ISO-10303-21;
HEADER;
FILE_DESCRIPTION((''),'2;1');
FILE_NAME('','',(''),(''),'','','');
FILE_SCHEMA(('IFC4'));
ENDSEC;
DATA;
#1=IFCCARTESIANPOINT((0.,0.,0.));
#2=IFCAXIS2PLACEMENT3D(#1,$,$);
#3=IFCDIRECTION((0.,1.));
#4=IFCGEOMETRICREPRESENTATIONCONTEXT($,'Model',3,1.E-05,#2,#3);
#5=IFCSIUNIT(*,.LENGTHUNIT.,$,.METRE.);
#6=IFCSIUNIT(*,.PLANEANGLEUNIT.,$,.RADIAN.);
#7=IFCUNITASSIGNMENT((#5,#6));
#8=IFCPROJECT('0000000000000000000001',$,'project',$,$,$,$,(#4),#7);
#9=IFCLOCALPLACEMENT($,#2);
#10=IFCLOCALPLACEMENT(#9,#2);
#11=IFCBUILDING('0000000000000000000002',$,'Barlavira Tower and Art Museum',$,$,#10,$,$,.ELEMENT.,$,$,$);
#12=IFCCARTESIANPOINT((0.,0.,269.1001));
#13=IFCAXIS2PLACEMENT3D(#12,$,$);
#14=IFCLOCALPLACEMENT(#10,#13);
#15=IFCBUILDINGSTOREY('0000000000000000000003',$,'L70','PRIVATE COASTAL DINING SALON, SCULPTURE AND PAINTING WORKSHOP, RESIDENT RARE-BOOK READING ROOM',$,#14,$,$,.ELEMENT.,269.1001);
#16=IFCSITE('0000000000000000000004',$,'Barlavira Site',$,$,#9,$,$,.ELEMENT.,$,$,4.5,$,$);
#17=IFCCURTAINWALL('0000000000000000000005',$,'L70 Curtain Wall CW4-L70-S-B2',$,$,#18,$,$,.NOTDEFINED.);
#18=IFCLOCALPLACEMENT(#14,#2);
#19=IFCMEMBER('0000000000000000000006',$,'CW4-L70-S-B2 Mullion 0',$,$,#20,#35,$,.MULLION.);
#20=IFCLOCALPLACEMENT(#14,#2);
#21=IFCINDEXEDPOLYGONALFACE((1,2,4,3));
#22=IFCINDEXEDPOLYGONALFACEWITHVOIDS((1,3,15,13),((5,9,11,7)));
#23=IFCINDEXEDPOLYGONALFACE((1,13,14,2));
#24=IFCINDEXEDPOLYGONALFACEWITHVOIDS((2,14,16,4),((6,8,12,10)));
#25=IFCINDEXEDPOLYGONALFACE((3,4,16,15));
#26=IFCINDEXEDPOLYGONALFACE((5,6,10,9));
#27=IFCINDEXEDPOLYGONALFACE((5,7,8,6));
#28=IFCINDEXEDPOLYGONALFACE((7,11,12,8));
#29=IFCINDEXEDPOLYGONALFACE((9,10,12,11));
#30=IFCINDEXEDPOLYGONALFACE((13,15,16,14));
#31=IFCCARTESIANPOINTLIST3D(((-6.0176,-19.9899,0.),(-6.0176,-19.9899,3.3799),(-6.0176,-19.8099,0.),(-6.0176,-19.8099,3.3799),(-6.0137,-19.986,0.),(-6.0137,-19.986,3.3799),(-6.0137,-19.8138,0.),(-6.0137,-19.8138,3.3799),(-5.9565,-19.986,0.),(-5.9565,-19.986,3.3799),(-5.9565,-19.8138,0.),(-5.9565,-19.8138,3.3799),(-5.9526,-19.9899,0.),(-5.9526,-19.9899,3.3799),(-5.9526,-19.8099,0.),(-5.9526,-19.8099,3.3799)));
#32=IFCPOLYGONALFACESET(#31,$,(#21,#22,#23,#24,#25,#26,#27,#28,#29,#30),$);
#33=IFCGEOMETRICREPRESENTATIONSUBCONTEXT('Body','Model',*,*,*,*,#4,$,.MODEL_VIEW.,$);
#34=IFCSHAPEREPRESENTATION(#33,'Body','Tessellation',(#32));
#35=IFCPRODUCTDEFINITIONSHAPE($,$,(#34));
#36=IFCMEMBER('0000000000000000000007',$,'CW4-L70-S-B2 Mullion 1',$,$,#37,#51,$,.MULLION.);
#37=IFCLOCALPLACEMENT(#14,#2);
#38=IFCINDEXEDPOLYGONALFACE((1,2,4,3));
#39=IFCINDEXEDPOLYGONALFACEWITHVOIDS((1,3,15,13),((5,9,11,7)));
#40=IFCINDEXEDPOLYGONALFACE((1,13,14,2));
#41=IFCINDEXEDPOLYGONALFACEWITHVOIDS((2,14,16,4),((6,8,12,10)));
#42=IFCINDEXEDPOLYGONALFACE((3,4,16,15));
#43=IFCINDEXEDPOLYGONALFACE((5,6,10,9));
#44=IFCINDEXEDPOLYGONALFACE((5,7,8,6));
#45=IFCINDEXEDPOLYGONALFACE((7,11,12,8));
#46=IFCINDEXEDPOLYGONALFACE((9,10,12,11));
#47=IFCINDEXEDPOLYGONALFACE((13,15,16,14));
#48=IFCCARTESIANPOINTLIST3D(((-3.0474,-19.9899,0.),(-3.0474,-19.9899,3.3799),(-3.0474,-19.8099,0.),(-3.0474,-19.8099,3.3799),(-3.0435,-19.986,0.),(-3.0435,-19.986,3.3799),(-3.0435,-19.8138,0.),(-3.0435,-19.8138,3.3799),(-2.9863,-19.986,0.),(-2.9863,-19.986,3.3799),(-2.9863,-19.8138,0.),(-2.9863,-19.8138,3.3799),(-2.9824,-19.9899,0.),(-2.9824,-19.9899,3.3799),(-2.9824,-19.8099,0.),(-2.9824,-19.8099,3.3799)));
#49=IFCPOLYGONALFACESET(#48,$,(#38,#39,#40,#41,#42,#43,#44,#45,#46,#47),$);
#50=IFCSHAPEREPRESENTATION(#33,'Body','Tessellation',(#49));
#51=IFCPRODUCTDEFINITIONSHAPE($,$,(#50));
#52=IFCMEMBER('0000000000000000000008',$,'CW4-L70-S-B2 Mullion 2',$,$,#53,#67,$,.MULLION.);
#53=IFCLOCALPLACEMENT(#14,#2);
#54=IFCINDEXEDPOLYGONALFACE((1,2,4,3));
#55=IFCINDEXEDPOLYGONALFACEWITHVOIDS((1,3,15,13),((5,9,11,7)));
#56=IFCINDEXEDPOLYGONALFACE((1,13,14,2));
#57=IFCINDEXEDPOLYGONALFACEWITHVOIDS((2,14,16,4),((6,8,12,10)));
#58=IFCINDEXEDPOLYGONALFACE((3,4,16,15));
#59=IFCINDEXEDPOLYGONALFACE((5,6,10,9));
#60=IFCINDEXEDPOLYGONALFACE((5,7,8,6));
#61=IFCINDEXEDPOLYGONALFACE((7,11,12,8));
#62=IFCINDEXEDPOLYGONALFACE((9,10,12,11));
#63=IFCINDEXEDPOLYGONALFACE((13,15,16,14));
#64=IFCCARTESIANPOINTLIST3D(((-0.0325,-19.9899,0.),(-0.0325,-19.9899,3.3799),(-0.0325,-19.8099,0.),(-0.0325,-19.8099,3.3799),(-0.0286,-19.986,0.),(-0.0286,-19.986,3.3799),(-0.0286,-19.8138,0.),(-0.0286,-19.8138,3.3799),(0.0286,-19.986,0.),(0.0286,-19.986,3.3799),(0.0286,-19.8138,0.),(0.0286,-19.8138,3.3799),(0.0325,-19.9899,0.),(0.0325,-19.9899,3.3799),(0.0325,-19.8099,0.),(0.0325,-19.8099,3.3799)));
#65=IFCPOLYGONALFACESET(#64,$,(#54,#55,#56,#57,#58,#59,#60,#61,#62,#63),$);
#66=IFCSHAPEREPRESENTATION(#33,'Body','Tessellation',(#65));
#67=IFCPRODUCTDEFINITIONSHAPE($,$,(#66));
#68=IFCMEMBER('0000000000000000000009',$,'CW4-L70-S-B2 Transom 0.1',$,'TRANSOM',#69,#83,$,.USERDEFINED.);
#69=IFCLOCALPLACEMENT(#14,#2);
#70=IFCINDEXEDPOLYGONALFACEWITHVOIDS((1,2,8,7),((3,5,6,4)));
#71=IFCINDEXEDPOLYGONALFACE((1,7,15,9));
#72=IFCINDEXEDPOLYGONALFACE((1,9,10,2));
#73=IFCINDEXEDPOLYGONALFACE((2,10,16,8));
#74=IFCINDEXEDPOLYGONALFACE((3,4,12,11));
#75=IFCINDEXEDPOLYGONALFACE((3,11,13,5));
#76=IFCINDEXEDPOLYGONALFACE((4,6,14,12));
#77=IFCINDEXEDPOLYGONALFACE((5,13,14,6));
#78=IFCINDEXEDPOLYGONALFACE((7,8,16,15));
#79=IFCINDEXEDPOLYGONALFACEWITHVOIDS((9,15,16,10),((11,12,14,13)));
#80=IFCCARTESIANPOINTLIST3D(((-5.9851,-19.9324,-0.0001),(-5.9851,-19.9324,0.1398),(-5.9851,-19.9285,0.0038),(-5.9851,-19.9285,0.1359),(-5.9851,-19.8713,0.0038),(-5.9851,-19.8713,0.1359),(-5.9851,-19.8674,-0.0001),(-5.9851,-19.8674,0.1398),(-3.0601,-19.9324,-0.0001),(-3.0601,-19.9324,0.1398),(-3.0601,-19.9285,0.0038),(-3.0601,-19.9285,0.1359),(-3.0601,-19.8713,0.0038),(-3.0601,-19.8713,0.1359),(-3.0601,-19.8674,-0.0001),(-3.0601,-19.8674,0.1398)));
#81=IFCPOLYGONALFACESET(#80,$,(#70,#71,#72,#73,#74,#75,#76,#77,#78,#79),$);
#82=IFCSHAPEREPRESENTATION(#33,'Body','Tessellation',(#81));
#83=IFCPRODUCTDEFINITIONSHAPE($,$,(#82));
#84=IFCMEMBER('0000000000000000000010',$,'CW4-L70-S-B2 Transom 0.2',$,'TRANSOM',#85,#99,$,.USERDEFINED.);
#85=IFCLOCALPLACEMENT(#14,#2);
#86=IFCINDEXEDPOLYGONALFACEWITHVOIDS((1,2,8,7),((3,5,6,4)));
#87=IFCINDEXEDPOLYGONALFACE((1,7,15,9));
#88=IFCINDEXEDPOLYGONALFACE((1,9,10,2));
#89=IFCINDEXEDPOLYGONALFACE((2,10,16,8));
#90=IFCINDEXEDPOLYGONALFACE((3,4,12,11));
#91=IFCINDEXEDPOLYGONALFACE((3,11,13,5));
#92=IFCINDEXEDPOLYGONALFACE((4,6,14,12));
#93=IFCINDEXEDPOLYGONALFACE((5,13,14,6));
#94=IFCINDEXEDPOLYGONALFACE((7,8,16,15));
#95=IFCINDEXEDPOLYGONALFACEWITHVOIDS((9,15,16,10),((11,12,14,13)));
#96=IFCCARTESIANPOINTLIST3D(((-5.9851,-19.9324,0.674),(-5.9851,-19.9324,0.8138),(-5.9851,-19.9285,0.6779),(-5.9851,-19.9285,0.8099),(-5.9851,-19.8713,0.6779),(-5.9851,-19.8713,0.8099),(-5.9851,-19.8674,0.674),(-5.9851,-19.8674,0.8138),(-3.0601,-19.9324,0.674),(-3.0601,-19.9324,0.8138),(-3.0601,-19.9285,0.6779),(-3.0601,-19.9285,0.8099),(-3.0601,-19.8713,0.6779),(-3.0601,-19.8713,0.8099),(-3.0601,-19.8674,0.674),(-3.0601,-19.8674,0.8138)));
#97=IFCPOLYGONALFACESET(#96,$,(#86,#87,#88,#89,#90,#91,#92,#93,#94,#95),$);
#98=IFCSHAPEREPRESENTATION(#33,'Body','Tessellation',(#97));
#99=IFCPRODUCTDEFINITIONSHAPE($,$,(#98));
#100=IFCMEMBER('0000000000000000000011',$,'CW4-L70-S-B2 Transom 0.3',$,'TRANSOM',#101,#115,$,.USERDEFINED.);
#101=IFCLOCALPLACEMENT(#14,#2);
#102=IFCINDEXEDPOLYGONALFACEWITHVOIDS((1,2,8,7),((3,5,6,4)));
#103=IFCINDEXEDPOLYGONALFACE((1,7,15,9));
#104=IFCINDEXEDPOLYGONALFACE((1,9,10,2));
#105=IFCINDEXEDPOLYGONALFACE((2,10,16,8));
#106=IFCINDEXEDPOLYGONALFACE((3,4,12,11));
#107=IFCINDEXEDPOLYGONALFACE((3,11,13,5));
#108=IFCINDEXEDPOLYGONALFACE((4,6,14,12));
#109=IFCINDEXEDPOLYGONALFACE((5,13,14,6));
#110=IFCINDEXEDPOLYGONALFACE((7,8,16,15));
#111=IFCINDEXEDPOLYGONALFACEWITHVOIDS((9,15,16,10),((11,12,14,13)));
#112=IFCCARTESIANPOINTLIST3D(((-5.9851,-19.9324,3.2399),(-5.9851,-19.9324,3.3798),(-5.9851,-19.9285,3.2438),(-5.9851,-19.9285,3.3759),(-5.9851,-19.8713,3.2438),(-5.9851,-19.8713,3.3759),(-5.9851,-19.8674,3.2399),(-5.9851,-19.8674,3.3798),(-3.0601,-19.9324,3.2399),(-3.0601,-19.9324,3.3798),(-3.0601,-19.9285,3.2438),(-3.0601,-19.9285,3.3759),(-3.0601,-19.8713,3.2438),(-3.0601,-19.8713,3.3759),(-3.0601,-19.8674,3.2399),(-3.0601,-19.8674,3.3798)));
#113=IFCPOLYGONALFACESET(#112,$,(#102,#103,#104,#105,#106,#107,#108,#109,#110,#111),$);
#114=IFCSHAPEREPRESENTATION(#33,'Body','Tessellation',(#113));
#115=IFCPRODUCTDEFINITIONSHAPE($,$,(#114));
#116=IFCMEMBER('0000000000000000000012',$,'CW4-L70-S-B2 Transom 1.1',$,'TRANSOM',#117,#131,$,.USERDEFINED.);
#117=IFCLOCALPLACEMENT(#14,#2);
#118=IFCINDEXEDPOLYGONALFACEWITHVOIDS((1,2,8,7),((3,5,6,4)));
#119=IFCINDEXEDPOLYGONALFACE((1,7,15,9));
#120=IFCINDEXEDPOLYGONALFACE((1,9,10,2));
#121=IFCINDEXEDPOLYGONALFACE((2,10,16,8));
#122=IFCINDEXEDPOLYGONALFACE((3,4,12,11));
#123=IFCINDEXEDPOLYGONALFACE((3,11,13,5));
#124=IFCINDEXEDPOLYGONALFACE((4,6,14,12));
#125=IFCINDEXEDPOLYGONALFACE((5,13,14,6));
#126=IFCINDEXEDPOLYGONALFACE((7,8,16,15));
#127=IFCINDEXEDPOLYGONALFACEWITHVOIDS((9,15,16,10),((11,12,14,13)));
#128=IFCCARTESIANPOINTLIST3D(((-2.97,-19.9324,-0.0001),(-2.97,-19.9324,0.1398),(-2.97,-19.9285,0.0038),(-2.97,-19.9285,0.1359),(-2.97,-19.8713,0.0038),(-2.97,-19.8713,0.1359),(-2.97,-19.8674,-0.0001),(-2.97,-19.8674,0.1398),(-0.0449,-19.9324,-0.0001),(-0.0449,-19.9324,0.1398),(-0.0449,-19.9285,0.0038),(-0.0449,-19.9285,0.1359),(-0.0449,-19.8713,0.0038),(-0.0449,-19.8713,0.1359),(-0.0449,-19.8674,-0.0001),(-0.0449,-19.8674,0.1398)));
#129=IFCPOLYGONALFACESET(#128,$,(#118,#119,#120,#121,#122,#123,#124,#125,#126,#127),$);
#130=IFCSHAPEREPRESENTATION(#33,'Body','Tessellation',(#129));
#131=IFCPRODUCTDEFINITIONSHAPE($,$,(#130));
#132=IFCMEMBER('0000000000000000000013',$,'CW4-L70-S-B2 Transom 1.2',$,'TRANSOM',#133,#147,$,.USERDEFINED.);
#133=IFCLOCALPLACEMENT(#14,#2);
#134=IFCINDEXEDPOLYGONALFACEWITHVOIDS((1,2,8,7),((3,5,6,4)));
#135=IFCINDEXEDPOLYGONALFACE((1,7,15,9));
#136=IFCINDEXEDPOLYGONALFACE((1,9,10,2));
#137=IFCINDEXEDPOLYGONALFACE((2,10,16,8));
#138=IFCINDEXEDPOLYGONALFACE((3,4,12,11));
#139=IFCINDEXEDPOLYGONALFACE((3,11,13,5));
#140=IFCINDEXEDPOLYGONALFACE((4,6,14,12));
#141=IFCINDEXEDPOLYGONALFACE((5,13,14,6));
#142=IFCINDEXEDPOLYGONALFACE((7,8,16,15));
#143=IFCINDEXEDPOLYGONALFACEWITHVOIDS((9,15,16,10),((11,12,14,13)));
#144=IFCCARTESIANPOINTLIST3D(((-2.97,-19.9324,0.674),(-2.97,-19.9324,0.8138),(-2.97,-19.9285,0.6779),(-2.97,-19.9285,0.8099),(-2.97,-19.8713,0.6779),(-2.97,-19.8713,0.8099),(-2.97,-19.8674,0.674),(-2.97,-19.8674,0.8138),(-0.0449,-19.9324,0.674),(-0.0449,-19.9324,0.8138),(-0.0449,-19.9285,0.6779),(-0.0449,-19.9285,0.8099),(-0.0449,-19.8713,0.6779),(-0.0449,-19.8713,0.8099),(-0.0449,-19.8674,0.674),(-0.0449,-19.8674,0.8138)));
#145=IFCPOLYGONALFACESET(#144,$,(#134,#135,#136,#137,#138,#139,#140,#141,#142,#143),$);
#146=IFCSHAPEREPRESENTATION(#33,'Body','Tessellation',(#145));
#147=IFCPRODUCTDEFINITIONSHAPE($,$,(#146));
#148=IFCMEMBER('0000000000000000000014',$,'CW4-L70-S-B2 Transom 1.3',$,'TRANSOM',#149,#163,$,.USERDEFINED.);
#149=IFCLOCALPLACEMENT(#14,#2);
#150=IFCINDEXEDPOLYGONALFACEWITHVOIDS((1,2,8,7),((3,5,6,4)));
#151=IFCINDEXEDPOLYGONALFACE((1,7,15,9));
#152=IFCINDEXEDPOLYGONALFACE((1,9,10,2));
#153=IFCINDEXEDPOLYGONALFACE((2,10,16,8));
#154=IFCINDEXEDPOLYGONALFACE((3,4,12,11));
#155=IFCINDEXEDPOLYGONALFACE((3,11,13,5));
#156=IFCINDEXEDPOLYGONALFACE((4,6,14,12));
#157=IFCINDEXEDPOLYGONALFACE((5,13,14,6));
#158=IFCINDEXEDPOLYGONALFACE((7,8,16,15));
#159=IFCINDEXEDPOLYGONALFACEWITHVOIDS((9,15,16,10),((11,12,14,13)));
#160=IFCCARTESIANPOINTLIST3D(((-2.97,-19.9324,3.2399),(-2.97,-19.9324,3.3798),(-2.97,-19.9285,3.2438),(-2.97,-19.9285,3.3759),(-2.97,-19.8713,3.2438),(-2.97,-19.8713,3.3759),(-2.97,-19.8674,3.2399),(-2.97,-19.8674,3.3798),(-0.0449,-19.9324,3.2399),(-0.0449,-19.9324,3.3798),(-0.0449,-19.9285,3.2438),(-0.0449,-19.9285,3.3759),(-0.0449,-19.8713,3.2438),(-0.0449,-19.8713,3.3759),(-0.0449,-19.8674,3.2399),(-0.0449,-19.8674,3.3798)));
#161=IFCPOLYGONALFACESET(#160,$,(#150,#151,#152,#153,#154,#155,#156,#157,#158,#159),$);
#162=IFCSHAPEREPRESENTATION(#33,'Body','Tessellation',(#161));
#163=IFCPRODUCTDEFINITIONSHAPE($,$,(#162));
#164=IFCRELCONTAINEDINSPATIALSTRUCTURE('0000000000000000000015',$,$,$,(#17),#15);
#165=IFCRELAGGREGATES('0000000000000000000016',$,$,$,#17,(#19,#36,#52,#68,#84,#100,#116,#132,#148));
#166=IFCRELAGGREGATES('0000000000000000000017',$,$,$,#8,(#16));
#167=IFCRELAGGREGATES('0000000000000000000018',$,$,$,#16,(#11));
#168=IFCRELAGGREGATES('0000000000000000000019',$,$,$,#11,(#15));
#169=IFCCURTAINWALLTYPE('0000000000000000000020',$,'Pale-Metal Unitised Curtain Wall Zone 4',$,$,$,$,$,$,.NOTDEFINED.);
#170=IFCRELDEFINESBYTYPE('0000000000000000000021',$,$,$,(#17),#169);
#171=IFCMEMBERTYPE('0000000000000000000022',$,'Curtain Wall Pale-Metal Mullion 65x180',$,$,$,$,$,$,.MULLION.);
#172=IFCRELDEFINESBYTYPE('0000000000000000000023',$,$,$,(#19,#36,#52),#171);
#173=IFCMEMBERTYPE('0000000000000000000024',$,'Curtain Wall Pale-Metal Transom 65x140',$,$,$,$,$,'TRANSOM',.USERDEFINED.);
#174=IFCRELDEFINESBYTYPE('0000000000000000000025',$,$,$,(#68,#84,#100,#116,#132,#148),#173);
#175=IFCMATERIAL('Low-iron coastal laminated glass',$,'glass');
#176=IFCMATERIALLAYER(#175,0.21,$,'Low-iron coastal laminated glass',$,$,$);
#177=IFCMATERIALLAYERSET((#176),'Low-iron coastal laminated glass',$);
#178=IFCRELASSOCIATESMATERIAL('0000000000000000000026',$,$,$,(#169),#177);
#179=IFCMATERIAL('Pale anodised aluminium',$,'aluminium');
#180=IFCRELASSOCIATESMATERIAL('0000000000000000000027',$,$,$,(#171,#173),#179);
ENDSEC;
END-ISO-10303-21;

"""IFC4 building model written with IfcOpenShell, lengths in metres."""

from ifc_helpers import new_model, si_unit, direction, frame, origin, origin_2d, place, context, subcontext, project, spatial, hollow_rectangle, extrude, material, layer, layer_set, material_profile, profile_set, type_object, element, aggregate, save


model = new_model("IFC4")

# Units and contexts
model_context = context("Model", 3, precision=1e-05, world=origin(), true_north=direction((0.0, 1.0)))
body_context = subcontext(model_context, "Body", "Model", "MODEL_VIEW")
ifc_project = project(units=[si_unit("LENGTHUNIT", "METRE"), si_unit("PLANEANGLEUNIT", "RADIAN")], contexts=[model_context])

# Site, building, storey
site_placement = place(None, origin())
site = spatial("IfcSite", under=ifc_project, at=site_placement, Name="Barlavira Site", CompositionType="ELEMENT", RefElevation=4.5)
building_placement = place(site_placement, origin())
building = spatial("IfcBuilding", under=site, at=building_placement, Name="Barlavira Tower and Art Museum", CompositionType="ELEMENT")
storey_placement = place(building_placement, frame((0.0, 0.0, 269.1001)))
storey = spatial("IfcBuildingStorey", under=building, at=storey_placement, Name="L70", Description="PRIVATE COASTAL DINING SALON, SCULPTURE AND PAINTING WORKSHOP, RESIDENT RARE-BOOK READING ROOM", CompositionType="ELEMENT", Elevation=269.1001)

# Curtain wall, members
ifc_material_1 = material(Name="Low-iron coastal laminated glass", Category="glass")
ifc_layer_1 = layer(ifc_material_1, 0.21, Name="Low-iron coastal laminated glass")
ifc_layer_set_1 = layer_set([ifc_layer_1], Name="Low-iron coastal laminated glass")
curtain_wall_type = type_object("IfcCurtainWallType", Name="Pale-Metal Unitised Curtain Wall Zone 4", PredefinedType="NOTDEFINED", material=ifc_layer_set_1)
curtain_wall_placement = place(storey_placement, origin())
curtain_wall = element("IfcCurtainWall", 1, at=curtain_wall_placement, inside=storey, type_object=curtain_wall_type, Name="L70 Curtain Wall CW4-L70-S-B2", PredefinedType="NOTDEFINED")
ifc_material_2 = material(Name="Pale anodised aluminium", Category="aluminium")
ifc_material_profile_1 = material_profile(ifc_material_2, hollow_rectangle(XDim=0.0649, YDim=0.1799, WallThickness=0.0039, at=origin_2d()), Name="ALU-MULL 65x180x4")
ifc_profile_set_1 = profile_set([ifc_material_profile_1], Name="Pale anodised aluminium")
member_type_1 = type_object("IfcMemberType", Name="Curtain Wall Pale-Metal Mullion 65x180", PredefinedType="MULLION", material=ifc_profile_set_1)
member_1_placement = place(storey_placement, frame((-5.9851, -19.8999, 0.0), z_axis=(0.0, 0.0, 1.0), x_axis=(1.0, 0.0, 0.0)))
member_1 = element("IfcMember", 2, at=member_1_placement, type_object=member_type_1, Name="CW4-L70-S-B2 Mullion 0", PredefinedType="MULLION", context=body_context, shape_type="SweptSolid", body=[
    extrude(hollow_rectangle(XDim=0.0649, YDim=0.1799, WallThickness=0.0039, at=origin_2d()), origin(), (0.0, 0.0, 1.0), 3.3799),
])
member_2_placement = place(storey_placement, frame((-3.0149, -19.8999, 0.0), z_axis=(0.0, 0.0, 1.0), x_axis=(1.0, 0.0, 0.0)))
member_2 = element("IfcMember", 3, at=member_2_placement, type_object=member_type_1, Name="CW4-L70-S-B2 Mullion 1", PredefinedType="MULLION", context=body_context, shape_type="SweptSolid", body=[
    extrude(hollow_rectangle(XDim=0.0649, YDim=0.1799, WallThickness=0.0039, at=origin_2d()), origin(), (0.0, 0.0, 1.0), 3.3799),
])
member_3_placement = place(storey_placement, frame((0.0, -19.8999, 0.0), z_axis=(0.0, 0.0, 1.0), x_axis=(1.0, 0.0, 0.0)))
member_3 = element("IfcMember", 4, at=member_3_placement, type_object=member_type_1, Name="CW4-L70-S-B2 Mullion 2", PredefinedType="MULLION", context=body_context, shape_type="SweptSolid", body=[
    extrude(hollow_rectangle(XDim=0.0649, YDim=0.1799, WallThickness=0.0039, at=origin_2d()), origin(), (0.0, 0.0, 1.0), 3.3799),
])
ifc_material_profile_2 = material_profile(ifc_material_2, hollow_rectangle(XDim=0.0649, YDim=0.1399, WallThickness=0.0039, at=origin_2d()), Name="ALU-TRAN 65x140x4")
ifc_profile_set_2 = profile_set([ifc_material_profile_2], Name="Pale anodised aluminium")
member_type_2 = type_object("IfcMemberType", Name="Curtain Wall Pale-Metal Transom 65x140", ElementType="TRANSOM", PredefinedType="USERDEFINED", material=ifc_profile_set_2)
member_4_placement = place(storey_placement, frame((-5.9851, -19.8999, 0.0698), z_axis=(1.0, 0.0, 0.0), x_axis=(0.0, 1.0, 0.0)))
member_4 = element("IfcMember", 5, at=member_4_placement, type_object=member_type_2, Name="CW4-L70-S-B2 Transom 0.1", ObjectType="TRANSOM", PredefinedType="USERDEFINED", context=body_context, shape_type="SweptSolid", body=[
    extrude(hollow_rectangle(XDim=0.0649, YDim=0.1399, WallThickness=0.0039, at=origin_2d()), origin(), (0.0, 0.0, 1.0), 2.925),
])
member_5_placement = place(storey_placement, frame((-5.9851, -19.8999, 0.7439), z_axis=(1.0, 0.0, 0.0), x_axis=(0.0, 1.0, 0.0)))
member_5 = element("IfcMember", 6, at=member_5_placement, type_object=member_type_2, Name="CW4-L70-S-B2 Transom 0.2", ObjectType="TRANSOM", PredefinedType="USERDEFINED", context=body_context, shape_type="SweptSolid", body=[
    extrude(hollow_rectangle(XDim=0.0649, YDim=0.1399, WallThickness=0.0039, at=origin_2d()), origin(), (0.0, 0.0, 1.0), 2.925),
])
member_6_placement = place(storey_placement, frame((-5.9851, -19.8999, 3.3098), z_axis=(1.0, 0.0, 0.0), x_axis=(0.0, 1.0, 0.0)))
member_6 = element("IfcMember", 7, at=member_6_placement, type_object=member_type_2, Name="CW4-L70-S-B2 Transom 0.3", ObjectType="TRANSOM", PredefinedType="USERDEFINED", context=body_context, shape_type="SweptSolid", body=[
    extrude(hollow_rectangle(XDim=0.0649, YDim=0.1399, WallThickness=0.0039, at=origin_2d()), origin(), (0.0, 0.0, 1.0), 2.925),
])
member_7_placement = place(storey_placement, frame((-2.97, -19.8999, 0.0698), z_axis=(1.0, 0.0, 0.0), x_axis=(0.0, 1.0, 0.0)))
member_7 = element("IfcMember", 8, at=member_7_placement, type_object=member_type_2, Name="CW4-L70-S-B2 Transom 1.1", ObjectType="TRANSOM", PredefinedType="USERDEFINED", context=body_context, shape_type="SweptSolid", body=[
    extrude(hollow_rectangle(XDim=0.0649, YDim=0.1399, WallThickness=0.0039, at=origin_2d()), origin(), (0.0, 0.0, 1.0), 2.925),
])
member_8_placement = place(storey_placement, frame((-2.97, -19.8999, 0.7439), z_axis=(1.0, 0.0, 0.0), x_axis=(0.0, 1.0, 0.0)))
member_8 = element("IfcMember", 9, at=member_8_placement, type_object=member_type_2, Name="CW4-L70-S-B2 Transom 1.2", ObjectType="TRANSOM", PredefinedType="USERDEFINED", context=body_context, shape_type="SweptSolid", body=[
    extrude(hollow_rectangle(XDim=0.0649, YDim=0.1399, WallThickness=0.0039, at=origin_2d()), origin(), (0.0, 0.0, 1.0), 2.925),
])
member_9_placement = place(storey_placement, frame((-2.97, -19.8999, 3.3098), z_axis=(1.0, 0.0, 0.0), x_axis=(0.0, 1.0, 0.0)))
member_9 = element("IfcMember", 10, at=member_9_placement, type_object=member_type_2, Name="CW4-L70-S-B2 Transom 1.3", ObjectType="TRANSOM", PredefinedType="USERDEFINED", context=body_context, shape_type="SweptSolid", body=[
    extrude(hollow_rectangle(XDim=0.0649, YDim=0.1399, WallThickness=0.0039, at=origin_2d()), origin(), (0.0, 0.0, 1.0), 2.925),
])

aggregate(curtain_wall, [member_1, member_2, member_3, member_4, member_5, member_6, member_7, member_8, member_9])

save(model, "model.ifc")
